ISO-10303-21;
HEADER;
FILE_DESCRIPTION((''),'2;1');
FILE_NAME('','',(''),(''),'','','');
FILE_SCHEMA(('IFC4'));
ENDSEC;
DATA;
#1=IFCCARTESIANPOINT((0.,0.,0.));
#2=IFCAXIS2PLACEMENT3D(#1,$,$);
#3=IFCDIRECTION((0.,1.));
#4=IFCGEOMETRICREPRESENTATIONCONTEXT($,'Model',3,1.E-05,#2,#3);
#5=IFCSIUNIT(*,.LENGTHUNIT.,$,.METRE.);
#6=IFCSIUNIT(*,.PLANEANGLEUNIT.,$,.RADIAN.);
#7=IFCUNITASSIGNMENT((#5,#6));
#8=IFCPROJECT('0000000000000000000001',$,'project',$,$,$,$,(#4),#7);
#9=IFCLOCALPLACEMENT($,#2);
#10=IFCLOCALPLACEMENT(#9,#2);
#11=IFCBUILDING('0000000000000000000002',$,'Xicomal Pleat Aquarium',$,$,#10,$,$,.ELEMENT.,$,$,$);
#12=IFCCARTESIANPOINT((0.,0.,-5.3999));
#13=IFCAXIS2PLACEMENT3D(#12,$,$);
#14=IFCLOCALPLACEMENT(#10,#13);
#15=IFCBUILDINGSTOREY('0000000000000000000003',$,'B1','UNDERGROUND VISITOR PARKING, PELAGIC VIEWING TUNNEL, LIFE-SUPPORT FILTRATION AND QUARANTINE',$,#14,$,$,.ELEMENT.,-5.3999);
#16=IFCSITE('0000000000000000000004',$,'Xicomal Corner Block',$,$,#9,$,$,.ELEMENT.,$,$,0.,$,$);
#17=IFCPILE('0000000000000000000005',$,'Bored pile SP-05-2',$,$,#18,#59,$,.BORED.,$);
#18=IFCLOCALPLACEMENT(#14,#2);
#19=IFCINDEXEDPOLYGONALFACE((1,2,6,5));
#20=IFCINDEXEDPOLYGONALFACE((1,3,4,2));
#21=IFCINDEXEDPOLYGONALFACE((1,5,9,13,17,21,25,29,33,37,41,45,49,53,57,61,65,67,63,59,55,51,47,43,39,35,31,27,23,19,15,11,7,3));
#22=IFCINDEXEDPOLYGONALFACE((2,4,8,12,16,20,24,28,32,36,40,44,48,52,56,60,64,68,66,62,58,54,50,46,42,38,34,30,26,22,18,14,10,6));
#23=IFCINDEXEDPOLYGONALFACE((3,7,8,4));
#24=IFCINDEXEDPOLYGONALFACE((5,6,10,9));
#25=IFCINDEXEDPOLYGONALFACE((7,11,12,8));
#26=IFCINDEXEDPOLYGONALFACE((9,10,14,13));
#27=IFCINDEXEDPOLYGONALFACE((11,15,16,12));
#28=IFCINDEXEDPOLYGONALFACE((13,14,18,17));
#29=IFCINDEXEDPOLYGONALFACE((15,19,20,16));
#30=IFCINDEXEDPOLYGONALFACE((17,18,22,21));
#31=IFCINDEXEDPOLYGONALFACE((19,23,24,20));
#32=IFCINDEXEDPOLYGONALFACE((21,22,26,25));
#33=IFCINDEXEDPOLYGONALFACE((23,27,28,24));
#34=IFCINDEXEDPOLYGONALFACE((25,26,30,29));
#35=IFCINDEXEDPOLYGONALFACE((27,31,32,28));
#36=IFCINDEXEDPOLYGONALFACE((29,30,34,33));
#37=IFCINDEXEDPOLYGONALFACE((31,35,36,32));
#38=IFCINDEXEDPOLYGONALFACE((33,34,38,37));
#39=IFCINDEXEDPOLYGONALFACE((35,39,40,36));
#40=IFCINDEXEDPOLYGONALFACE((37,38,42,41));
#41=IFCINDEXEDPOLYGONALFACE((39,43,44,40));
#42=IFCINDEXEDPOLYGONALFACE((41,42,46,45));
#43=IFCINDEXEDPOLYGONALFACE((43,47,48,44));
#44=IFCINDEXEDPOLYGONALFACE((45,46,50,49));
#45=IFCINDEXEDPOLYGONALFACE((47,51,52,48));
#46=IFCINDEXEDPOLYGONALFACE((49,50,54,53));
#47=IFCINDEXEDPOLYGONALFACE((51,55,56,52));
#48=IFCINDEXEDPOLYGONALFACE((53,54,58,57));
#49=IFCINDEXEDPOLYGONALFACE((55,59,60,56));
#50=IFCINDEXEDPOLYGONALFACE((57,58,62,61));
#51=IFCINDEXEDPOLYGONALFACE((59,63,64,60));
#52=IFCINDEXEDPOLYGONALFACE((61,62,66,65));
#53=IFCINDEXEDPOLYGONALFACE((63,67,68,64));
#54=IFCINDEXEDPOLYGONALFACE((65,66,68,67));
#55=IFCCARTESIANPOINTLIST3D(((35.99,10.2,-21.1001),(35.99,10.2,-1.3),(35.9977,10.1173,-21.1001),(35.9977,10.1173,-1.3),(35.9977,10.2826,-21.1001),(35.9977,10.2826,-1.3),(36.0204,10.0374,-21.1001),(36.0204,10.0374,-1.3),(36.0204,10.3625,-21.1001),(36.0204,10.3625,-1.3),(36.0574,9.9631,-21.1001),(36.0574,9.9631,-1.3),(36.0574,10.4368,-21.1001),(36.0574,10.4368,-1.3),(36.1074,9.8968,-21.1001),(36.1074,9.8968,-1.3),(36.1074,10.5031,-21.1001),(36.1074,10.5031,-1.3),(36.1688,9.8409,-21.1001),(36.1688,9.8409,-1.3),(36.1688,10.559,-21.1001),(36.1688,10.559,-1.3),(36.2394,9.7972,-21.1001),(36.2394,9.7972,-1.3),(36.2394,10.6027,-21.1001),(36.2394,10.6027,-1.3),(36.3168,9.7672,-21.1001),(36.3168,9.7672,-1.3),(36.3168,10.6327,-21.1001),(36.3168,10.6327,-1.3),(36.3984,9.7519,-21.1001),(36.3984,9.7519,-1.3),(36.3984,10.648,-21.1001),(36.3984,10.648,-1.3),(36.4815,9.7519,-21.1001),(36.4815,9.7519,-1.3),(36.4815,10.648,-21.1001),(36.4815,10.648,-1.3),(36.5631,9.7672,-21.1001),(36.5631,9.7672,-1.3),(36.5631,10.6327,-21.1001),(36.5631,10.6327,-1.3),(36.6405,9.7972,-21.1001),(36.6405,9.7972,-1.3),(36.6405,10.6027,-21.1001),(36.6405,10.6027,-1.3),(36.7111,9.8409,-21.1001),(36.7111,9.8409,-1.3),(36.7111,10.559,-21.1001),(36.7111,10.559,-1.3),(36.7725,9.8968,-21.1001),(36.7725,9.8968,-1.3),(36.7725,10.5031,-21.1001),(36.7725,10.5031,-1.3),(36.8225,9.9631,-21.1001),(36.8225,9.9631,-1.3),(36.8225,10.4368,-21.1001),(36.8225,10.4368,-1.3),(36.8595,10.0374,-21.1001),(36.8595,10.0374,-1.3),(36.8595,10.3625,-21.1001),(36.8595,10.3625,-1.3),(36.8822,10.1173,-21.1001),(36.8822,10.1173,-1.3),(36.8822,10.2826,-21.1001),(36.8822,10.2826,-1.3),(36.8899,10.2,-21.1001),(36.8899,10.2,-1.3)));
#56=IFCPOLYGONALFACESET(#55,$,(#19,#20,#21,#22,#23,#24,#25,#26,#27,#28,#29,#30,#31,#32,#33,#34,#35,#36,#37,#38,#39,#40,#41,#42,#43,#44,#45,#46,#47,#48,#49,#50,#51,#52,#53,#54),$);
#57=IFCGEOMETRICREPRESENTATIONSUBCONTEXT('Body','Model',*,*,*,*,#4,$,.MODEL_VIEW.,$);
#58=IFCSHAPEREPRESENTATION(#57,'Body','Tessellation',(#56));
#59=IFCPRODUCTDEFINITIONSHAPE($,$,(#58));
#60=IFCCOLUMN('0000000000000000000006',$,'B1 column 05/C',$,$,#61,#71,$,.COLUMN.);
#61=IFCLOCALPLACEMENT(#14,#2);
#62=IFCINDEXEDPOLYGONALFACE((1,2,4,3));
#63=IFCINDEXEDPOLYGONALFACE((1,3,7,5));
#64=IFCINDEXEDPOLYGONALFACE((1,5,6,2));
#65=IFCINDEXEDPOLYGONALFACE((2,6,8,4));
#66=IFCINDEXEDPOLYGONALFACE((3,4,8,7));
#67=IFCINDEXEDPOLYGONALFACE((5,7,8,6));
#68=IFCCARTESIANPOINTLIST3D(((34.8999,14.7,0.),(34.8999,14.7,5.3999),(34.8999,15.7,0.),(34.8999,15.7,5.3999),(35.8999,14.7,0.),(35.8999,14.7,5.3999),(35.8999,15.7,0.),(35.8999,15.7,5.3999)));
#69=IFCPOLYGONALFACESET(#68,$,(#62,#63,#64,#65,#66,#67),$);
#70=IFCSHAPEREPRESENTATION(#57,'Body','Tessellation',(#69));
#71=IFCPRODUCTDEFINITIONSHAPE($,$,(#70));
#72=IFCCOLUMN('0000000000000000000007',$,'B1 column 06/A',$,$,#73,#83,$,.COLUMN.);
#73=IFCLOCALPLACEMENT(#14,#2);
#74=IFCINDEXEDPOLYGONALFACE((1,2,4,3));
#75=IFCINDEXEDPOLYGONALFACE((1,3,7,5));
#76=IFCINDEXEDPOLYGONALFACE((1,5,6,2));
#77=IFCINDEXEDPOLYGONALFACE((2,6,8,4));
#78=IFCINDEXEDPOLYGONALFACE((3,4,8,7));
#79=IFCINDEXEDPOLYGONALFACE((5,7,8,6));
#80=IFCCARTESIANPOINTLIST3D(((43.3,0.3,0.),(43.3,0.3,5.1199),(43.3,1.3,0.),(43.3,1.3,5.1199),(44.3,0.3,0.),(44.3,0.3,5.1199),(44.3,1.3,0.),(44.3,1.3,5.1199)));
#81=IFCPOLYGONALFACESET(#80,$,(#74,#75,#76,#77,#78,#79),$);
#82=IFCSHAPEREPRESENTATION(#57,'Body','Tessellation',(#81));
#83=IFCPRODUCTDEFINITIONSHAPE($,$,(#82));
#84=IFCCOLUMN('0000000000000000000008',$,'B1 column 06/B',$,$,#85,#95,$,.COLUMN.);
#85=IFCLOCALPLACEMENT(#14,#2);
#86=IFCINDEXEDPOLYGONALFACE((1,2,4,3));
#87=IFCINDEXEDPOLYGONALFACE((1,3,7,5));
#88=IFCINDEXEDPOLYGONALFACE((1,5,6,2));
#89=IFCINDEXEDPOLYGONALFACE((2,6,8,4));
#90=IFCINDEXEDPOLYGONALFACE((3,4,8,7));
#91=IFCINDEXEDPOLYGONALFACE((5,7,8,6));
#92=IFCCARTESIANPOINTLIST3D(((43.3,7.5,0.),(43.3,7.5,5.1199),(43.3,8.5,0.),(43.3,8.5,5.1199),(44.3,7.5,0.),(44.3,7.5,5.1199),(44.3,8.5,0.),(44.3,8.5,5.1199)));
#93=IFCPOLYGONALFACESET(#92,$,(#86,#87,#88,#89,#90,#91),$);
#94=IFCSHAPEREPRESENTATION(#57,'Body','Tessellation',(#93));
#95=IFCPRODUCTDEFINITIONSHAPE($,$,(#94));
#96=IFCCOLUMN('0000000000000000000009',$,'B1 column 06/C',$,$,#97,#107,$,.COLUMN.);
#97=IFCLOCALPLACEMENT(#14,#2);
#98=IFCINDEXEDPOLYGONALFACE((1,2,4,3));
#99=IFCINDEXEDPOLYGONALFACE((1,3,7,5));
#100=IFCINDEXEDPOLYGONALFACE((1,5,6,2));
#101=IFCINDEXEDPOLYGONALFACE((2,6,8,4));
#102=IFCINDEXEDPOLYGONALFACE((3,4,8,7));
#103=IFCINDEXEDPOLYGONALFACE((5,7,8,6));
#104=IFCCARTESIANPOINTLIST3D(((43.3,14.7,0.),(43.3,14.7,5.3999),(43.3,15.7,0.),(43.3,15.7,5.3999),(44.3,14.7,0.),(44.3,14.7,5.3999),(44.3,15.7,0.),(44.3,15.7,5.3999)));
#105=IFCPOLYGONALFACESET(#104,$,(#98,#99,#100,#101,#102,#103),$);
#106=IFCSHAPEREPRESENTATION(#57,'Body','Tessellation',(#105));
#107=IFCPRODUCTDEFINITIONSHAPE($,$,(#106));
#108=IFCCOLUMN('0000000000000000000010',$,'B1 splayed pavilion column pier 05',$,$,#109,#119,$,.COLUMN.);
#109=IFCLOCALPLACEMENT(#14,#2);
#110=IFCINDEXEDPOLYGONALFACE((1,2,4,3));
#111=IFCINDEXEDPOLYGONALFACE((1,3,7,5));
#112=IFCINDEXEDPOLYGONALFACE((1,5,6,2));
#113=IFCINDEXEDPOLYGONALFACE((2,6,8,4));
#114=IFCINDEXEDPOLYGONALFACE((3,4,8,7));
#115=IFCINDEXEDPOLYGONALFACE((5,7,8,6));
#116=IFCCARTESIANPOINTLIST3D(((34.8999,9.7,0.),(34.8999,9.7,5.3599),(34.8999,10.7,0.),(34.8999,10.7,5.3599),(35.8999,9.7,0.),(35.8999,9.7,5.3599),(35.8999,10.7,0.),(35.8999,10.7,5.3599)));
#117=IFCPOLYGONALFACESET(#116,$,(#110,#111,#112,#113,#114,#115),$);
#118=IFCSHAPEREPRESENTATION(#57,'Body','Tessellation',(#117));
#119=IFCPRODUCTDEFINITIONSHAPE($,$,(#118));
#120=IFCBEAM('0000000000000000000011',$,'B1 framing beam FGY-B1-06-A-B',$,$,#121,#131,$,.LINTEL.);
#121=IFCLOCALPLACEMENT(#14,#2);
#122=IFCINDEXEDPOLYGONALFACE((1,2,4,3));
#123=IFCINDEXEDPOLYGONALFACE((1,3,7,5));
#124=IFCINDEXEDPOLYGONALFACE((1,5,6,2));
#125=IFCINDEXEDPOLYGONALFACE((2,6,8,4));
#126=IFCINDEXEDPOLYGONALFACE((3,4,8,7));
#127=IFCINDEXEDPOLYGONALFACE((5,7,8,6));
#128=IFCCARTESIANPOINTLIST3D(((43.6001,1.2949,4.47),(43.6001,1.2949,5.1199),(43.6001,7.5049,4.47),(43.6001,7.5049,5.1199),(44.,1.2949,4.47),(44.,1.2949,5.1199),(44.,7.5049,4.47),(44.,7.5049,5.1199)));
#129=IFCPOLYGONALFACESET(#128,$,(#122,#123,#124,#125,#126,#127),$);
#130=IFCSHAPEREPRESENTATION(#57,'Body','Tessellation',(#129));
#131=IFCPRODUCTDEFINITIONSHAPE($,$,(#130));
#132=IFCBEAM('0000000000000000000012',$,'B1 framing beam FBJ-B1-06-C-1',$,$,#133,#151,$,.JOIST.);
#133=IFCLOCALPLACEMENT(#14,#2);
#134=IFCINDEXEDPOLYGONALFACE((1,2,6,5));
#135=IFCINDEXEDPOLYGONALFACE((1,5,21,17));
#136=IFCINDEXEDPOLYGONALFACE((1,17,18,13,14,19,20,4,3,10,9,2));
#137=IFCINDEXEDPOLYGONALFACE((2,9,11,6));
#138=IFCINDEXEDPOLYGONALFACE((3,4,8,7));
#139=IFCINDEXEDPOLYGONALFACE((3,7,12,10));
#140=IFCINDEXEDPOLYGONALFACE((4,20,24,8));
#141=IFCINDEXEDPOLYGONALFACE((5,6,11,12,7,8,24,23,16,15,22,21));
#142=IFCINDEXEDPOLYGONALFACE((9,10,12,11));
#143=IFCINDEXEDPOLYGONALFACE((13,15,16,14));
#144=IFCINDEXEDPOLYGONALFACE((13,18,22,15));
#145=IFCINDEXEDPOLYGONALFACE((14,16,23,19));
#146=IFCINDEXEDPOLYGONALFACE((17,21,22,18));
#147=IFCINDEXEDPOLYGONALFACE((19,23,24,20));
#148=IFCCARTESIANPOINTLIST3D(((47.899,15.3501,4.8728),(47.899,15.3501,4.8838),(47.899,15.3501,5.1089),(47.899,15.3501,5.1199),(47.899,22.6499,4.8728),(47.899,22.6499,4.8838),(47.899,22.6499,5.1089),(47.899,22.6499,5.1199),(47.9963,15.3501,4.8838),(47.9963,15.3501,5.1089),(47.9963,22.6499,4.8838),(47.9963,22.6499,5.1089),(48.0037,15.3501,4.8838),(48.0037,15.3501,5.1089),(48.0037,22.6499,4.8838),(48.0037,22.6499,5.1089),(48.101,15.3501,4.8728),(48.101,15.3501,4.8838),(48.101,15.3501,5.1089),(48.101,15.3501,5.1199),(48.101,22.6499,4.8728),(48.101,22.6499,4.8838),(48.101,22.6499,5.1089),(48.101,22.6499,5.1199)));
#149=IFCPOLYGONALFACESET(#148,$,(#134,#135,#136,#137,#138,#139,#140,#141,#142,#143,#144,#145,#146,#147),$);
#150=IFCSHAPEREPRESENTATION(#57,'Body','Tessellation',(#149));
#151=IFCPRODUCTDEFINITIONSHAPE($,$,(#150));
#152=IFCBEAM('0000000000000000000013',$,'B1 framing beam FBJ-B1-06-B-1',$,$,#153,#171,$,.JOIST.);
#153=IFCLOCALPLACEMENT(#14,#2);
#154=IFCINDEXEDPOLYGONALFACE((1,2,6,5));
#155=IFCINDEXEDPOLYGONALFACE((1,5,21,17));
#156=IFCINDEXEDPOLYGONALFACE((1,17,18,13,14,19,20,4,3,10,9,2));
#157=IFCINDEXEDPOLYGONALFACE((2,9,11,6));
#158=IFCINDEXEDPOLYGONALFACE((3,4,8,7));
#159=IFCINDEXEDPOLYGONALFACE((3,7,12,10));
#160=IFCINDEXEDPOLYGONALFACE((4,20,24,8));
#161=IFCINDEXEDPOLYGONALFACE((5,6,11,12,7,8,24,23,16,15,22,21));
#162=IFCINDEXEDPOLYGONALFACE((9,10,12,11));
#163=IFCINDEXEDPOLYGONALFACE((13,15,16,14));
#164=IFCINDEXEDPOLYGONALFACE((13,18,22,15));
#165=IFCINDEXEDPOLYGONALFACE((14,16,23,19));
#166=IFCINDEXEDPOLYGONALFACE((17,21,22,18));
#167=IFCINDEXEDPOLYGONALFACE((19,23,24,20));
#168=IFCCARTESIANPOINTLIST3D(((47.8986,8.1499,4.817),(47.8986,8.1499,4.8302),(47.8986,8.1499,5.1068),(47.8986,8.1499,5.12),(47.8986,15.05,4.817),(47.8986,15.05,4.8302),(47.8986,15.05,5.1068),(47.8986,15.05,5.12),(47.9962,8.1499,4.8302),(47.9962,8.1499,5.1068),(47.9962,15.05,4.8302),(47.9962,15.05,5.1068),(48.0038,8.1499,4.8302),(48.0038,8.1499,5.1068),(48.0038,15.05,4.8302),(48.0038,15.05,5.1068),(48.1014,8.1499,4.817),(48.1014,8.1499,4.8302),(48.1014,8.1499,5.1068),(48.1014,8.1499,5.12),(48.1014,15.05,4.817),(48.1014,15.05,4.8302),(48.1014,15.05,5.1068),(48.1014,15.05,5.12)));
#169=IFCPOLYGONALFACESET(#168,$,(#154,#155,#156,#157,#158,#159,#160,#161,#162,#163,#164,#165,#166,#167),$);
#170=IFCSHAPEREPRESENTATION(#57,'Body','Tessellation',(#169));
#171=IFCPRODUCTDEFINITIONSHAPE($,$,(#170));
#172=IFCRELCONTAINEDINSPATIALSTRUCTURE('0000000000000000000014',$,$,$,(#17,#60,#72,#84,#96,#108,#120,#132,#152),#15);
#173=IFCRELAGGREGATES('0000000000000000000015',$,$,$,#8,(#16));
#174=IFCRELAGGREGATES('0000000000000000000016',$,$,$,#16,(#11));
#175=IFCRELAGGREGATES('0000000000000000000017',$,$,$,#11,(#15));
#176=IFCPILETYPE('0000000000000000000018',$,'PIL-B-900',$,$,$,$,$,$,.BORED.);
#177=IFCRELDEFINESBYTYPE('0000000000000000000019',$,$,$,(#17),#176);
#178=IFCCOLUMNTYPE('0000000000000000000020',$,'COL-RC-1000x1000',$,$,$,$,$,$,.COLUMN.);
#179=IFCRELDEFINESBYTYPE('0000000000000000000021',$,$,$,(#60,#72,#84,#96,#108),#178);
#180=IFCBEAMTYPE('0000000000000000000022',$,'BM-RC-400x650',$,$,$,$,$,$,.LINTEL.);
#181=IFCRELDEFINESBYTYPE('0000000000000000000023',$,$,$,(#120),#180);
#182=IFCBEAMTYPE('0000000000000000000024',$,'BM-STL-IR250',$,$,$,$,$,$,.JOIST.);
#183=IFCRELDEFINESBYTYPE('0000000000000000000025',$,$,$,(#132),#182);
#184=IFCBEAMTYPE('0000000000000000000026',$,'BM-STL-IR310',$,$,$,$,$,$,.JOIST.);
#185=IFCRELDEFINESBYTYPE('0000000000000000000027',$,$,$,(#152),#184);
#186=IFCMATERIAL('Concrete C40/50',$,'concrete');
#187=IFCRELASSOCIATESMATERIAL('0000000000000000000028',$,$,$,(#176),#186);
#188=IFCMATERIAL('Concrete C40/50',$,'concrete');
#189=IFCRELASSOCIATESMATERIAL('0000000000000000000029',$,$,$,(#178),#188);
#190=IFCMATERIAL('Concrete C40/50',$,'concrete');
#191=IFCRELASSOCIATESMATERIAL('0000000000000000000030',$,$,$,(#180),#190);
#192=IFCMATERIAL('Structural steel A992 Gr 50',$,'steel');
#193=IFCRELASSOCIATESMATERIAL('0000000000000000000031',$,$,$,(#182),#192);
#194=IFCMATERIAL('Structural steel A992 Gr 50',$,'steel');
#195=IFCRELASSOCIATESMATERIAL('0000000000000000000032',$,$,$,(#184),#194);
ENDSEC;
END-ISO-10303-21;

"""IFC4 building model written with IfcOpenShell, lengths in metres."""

from ifc_helpers import new_model, si_unit, direction, frame, origin, origin_2d, place, context, subcontext, project, spatial, rectangle, circle, i_section, extrude, material, material_profile, profile_set, type_object, element, save


model = new_model("IFC4")

# Units and contexts
model_context = context("Model", 3, precision=1e-05, world=origin(), true_north=direction((0.0, 1.0)))
body_context = subcontext(model_context, "Body", "Model", "MODEL_VIEW")
ifc_project = project(units=[si_unit("LENGTHUNIT", "METRE"), si_unit("PLANEANGLEUNIT", "RADIAN")], contexts=[model_context])

# Site, building, storey
site_placement = place(None, origin())
site = spatial("IfcSite", under=ifc_project, at=site_placement, Name="Xicomal Corner Block", CompositionType="ELEMENT", RefElevation=0.0)
building_placement = place(site_placement, origin())
building = spatial("IfcBuilding", under=site, at=building_placement, Name="Xicomal Pleat Aquarium", CompositionType="ELEMENT")
storey_placement = place(building_placement, frame((0.0, 0.0, -5.3999)))
storey = spatial("IfcBuildingStorey", under=building, at=storey_placement, Name="B1", Description="UNDERGROUND VISITOR PARKING, PELAGIC VIEWING TUNNEL, LIFE-SUPPORT FILTRATION AND QUARANTINE", CompositionType="ELEMENT", Elevation=-5.3999)

# Pile
ifc_material_1 = material(Name="Concrete C40/50", Category="concrete")
ifc_material_profile_1 = material_profile(ifc_material_1, circle(Radius=0.45, at=origin_2d()), Name="BORED PILE D900")
ifc_profile_set_1 = profile_set([ifc_material_profile_1], Name="Concrete C40/50")
pile_type_1 = type_object("IfcPileType", Name="PIL-B-900", PredefinedType="BORED", material=ifc_profile_set_1)
for number, where, z_axis, x_axis, name in (
    (1, (36.4399, 10.2, -1.3), (0.0, 0.0, -1.0), (1.0, 0.0, 0.0), "Bored pile SP-05-2"),
):
    element("IfcPile", number, at=place(storey_placement, frame(where, z_axis=z_axis, x_axis=x_axis)), inside=storey, type_object=pile_type_1, Name=name, PredefinedType="BORED", context=body_context, shape_type="SweptSolid", body=[
        extrude(circle(Radius=0.45, at=origin_2d()), origin(), (0.0, 0.0, 1.0), 19.8),
    ])

# Columns
ifc_material_2 = material(Name="Concrete C40/50", Category="concrete")
ifc_material_profile_2 = material_profile(ifc_material_2, rectangle(XDim=1.0, YDim=1.0, at=origin_2d()), Name="RC 1000x1000")
ifc_profile_set_2 = profile_set([ifc_material_profile_2], Name="Concrete C40/50")
column_type = type_object("IfcColumnType", Name="COL-RC-1000x1000", PredefinedType="COLUMN", material=ifc_profile_set_2)
column_1_placement = place(storey_placement, frame((35.3999, 15.2, 0.0), z_axis=(0.0, 0.0, 1.0), x_axis=(1.0, 0.0, 0.0)))
element("IfcColumn", 2, at=column_1_placement, inside=storey, type_object=column_type, Name="B1 column 05/C", PredefinedType="COLUMN", context=body_context, shape_type="SweptSolid", body=[
    extrude(rectangle(XDim=1.0, YDim=1.0, at=origin_2d()), origin(), (0.0, 0.0, 1.0), 5.3999),
])
for number, where, z_axis, x_axis, name in (
    (3, (43.8, 0.8, 0.0), (0.0, 0.0, 1.0), (1.0, 0.0, 0.0), "B1 column 06/A"),
    (4, (43.8, 8.0, 0.0), (0.0, 0.0, 1.0), (1.0, 0.0, 0.0), "B1 column 06/B"),
):
    element("IfcColumn", number, at=place(storey_placement, frame(where, z_axis=z_axis, x_axis=x_axis)), inside=storey, type_object=column_type, Name=name, PredefinedType="COLUMN", context=body_context, shape_type="SweptSolid", body=[
        extrude(rectangle(XDim=1.0, YDim=1.0, at=origin_2d()), origin(), (0.0, 0.0, 1.0), 5.1199),
    ])
column_2_placement = place(storey_placement, frame((43.8, 15.2, 0.0), z_axis=(0.0, 0.0, 1.0), x_axis=(1.0, 0.0, 0.0)))
element("IfcColumn", 5, at=column_2_placement, inside=storey, type_object=column_type, Name="B1 column 06/C", PredefinedType="COLUMN", context=body_context, shape_type="SweptSolid", body=[
    extrude(rectangle(XDim=1.0, YDim=1.0, at=origin_2d()), origin(), (0.0, 0.0, 1.0), 5.3999),
])
column_3_placement = place(storey_placement, frame((35.3999, 10.2, 0.0), z_axis=(0.0, 0.0, 1.0), x_axis=(1.0, 0.0, 0.0)))
element("IfcColumn", 6, at=column_3_placement, inside=storey, type_object=column_type, Name="B1 splayed pavilion column pier 05", PredefinedType="COLUMN", context=body_context, shape_type="SweptSolid", body=[
    extrude(rectangle(XDim=1.0, YDim=1.0, at=origin_2d()), origin(), (0.0, 0.0, 1.0), 5.3599),
])

# Beams
ifc_material_3 = material(Name="Concrete C40/50", Category="concrete")
ifc_material_profile_3 = material_profile(ifc_material_3, rectangle(XDim=0.3999, YDim=0.6499, at=origin_2d()), Name="RC 400x650")
ifc_profile_set_3 = profile_set([ifc_material_profile_3], Name="Concrete C40/50")
beam_type_1 = type_object("IfcBeamType", Name="BM-RC-400x650", PredefinedType="LINTEL", material=ifc_profile_set_3)
beam_1_placement = place(storey_placement, frame((43.8, 1.2949, 4.7949), z_axis=(0.0, 1.0, 0.0), x_axis=(-1.0, 0.0, 0.0)))
element("IfcBeam", 7, at=beam_1_placement, inside=storey, type_object=beam_type_1, Name="B1 framing beam FGY-B1-06-A-B", PredefinedType="LINTEL", context=body_context, shape_type="SweptSolid", body=[
    extrude(rectangle(XDim=0.3999, YDim=0.6499, at=origin_2d()), origin(), (0.0, 0.0, 1.0), 6.21),
])
ifc_material_4 = material(Name="Structural steel A992 Gr 50", Category="steel")
ifc_material_profile_4 = material_profile(ifc_material_4, i_section(OverallWidth=0.2019, OverallDepth=0.2471, WebThickness=0.0073, FlangeThickness=0.011, at=origin_2d()), Name="IR 250x49")
ifc_profile_set_4 = profile_set([ifc_material_profile_4], Name="Structural steel A992 Gr 50")
beam_type_2 = type_object("IfcBeamType", Name="BM-STL-IR250", PredefinedType="JOIST", material=ifc_profile_set_4)
beam_2_placement = place(storey_placement, frame((48.0, 15.3501, 4.9963), z_axis=(0.0, 1.0, 0.0), x_axis=(-1.0, 0.0, 0.0)))
element("IfcBeam", 8, at=beam_2_placement, inside=storey, type_object=beam_type_2, Name="B1 framing beam FBJ-B1-06-C-1", PredefinedType="JOIST", context=body_context, shape_type="SweptSolid", body=[
    extrude(i_section(OverallWidth=0.2019, OverallDepth=0.2471, WebThickness=0.0073, FlangeThickness=0.011, at=origin_2d()), origin(), (0.0, 0.0, 1.0), 7.2998),
])
ifc_material_5 = material(Name="Structural steel A992 Gr 50", Category="steel")
ifc_material_profile_5 = material_profile(ifc_material_5, i_section(OverallWidth=0.2029, OverallDepth=0.303, WebThickness=0.0076, FlangeThickness=0.0132, at=origin_2d()), Name="IR 310x60")
ifc_profile_set_5 = profile_set([ifc_material_profile_5], Name="Structural steel A992 Gr 50")
beam_type_3 = type_object("IfcBeamType", Name="BM-STL-IR310", PredefinedType="JOIST", material=ifc_profile_set_5)
beam_3_placement = place(storey_placement, frame((48.0, 8.1499, 4.9685), z_axis=(0.0, 1.0, 0.0), x_axis=(-1.0, 0.0, 0.0)))
element("IfcBeam", 9, at=beam_3_placement, inside=storey, type_object=beam_type_3, Name="B1 framing beam FBJ-B1-06-B-1", PredefinedType="JOIST", context=body_context, shape_type="SweptSolid", body=[
    extrude(i_section(OverallWidth=0.2029, OverallDepth=0.303, WebThickness=0.0076, FlangeThickness=0.0132, at=origin_2d()), origin(), (0.0, 0.0, 1.0), 6.9001),
])

save(model, "model.ifc")
